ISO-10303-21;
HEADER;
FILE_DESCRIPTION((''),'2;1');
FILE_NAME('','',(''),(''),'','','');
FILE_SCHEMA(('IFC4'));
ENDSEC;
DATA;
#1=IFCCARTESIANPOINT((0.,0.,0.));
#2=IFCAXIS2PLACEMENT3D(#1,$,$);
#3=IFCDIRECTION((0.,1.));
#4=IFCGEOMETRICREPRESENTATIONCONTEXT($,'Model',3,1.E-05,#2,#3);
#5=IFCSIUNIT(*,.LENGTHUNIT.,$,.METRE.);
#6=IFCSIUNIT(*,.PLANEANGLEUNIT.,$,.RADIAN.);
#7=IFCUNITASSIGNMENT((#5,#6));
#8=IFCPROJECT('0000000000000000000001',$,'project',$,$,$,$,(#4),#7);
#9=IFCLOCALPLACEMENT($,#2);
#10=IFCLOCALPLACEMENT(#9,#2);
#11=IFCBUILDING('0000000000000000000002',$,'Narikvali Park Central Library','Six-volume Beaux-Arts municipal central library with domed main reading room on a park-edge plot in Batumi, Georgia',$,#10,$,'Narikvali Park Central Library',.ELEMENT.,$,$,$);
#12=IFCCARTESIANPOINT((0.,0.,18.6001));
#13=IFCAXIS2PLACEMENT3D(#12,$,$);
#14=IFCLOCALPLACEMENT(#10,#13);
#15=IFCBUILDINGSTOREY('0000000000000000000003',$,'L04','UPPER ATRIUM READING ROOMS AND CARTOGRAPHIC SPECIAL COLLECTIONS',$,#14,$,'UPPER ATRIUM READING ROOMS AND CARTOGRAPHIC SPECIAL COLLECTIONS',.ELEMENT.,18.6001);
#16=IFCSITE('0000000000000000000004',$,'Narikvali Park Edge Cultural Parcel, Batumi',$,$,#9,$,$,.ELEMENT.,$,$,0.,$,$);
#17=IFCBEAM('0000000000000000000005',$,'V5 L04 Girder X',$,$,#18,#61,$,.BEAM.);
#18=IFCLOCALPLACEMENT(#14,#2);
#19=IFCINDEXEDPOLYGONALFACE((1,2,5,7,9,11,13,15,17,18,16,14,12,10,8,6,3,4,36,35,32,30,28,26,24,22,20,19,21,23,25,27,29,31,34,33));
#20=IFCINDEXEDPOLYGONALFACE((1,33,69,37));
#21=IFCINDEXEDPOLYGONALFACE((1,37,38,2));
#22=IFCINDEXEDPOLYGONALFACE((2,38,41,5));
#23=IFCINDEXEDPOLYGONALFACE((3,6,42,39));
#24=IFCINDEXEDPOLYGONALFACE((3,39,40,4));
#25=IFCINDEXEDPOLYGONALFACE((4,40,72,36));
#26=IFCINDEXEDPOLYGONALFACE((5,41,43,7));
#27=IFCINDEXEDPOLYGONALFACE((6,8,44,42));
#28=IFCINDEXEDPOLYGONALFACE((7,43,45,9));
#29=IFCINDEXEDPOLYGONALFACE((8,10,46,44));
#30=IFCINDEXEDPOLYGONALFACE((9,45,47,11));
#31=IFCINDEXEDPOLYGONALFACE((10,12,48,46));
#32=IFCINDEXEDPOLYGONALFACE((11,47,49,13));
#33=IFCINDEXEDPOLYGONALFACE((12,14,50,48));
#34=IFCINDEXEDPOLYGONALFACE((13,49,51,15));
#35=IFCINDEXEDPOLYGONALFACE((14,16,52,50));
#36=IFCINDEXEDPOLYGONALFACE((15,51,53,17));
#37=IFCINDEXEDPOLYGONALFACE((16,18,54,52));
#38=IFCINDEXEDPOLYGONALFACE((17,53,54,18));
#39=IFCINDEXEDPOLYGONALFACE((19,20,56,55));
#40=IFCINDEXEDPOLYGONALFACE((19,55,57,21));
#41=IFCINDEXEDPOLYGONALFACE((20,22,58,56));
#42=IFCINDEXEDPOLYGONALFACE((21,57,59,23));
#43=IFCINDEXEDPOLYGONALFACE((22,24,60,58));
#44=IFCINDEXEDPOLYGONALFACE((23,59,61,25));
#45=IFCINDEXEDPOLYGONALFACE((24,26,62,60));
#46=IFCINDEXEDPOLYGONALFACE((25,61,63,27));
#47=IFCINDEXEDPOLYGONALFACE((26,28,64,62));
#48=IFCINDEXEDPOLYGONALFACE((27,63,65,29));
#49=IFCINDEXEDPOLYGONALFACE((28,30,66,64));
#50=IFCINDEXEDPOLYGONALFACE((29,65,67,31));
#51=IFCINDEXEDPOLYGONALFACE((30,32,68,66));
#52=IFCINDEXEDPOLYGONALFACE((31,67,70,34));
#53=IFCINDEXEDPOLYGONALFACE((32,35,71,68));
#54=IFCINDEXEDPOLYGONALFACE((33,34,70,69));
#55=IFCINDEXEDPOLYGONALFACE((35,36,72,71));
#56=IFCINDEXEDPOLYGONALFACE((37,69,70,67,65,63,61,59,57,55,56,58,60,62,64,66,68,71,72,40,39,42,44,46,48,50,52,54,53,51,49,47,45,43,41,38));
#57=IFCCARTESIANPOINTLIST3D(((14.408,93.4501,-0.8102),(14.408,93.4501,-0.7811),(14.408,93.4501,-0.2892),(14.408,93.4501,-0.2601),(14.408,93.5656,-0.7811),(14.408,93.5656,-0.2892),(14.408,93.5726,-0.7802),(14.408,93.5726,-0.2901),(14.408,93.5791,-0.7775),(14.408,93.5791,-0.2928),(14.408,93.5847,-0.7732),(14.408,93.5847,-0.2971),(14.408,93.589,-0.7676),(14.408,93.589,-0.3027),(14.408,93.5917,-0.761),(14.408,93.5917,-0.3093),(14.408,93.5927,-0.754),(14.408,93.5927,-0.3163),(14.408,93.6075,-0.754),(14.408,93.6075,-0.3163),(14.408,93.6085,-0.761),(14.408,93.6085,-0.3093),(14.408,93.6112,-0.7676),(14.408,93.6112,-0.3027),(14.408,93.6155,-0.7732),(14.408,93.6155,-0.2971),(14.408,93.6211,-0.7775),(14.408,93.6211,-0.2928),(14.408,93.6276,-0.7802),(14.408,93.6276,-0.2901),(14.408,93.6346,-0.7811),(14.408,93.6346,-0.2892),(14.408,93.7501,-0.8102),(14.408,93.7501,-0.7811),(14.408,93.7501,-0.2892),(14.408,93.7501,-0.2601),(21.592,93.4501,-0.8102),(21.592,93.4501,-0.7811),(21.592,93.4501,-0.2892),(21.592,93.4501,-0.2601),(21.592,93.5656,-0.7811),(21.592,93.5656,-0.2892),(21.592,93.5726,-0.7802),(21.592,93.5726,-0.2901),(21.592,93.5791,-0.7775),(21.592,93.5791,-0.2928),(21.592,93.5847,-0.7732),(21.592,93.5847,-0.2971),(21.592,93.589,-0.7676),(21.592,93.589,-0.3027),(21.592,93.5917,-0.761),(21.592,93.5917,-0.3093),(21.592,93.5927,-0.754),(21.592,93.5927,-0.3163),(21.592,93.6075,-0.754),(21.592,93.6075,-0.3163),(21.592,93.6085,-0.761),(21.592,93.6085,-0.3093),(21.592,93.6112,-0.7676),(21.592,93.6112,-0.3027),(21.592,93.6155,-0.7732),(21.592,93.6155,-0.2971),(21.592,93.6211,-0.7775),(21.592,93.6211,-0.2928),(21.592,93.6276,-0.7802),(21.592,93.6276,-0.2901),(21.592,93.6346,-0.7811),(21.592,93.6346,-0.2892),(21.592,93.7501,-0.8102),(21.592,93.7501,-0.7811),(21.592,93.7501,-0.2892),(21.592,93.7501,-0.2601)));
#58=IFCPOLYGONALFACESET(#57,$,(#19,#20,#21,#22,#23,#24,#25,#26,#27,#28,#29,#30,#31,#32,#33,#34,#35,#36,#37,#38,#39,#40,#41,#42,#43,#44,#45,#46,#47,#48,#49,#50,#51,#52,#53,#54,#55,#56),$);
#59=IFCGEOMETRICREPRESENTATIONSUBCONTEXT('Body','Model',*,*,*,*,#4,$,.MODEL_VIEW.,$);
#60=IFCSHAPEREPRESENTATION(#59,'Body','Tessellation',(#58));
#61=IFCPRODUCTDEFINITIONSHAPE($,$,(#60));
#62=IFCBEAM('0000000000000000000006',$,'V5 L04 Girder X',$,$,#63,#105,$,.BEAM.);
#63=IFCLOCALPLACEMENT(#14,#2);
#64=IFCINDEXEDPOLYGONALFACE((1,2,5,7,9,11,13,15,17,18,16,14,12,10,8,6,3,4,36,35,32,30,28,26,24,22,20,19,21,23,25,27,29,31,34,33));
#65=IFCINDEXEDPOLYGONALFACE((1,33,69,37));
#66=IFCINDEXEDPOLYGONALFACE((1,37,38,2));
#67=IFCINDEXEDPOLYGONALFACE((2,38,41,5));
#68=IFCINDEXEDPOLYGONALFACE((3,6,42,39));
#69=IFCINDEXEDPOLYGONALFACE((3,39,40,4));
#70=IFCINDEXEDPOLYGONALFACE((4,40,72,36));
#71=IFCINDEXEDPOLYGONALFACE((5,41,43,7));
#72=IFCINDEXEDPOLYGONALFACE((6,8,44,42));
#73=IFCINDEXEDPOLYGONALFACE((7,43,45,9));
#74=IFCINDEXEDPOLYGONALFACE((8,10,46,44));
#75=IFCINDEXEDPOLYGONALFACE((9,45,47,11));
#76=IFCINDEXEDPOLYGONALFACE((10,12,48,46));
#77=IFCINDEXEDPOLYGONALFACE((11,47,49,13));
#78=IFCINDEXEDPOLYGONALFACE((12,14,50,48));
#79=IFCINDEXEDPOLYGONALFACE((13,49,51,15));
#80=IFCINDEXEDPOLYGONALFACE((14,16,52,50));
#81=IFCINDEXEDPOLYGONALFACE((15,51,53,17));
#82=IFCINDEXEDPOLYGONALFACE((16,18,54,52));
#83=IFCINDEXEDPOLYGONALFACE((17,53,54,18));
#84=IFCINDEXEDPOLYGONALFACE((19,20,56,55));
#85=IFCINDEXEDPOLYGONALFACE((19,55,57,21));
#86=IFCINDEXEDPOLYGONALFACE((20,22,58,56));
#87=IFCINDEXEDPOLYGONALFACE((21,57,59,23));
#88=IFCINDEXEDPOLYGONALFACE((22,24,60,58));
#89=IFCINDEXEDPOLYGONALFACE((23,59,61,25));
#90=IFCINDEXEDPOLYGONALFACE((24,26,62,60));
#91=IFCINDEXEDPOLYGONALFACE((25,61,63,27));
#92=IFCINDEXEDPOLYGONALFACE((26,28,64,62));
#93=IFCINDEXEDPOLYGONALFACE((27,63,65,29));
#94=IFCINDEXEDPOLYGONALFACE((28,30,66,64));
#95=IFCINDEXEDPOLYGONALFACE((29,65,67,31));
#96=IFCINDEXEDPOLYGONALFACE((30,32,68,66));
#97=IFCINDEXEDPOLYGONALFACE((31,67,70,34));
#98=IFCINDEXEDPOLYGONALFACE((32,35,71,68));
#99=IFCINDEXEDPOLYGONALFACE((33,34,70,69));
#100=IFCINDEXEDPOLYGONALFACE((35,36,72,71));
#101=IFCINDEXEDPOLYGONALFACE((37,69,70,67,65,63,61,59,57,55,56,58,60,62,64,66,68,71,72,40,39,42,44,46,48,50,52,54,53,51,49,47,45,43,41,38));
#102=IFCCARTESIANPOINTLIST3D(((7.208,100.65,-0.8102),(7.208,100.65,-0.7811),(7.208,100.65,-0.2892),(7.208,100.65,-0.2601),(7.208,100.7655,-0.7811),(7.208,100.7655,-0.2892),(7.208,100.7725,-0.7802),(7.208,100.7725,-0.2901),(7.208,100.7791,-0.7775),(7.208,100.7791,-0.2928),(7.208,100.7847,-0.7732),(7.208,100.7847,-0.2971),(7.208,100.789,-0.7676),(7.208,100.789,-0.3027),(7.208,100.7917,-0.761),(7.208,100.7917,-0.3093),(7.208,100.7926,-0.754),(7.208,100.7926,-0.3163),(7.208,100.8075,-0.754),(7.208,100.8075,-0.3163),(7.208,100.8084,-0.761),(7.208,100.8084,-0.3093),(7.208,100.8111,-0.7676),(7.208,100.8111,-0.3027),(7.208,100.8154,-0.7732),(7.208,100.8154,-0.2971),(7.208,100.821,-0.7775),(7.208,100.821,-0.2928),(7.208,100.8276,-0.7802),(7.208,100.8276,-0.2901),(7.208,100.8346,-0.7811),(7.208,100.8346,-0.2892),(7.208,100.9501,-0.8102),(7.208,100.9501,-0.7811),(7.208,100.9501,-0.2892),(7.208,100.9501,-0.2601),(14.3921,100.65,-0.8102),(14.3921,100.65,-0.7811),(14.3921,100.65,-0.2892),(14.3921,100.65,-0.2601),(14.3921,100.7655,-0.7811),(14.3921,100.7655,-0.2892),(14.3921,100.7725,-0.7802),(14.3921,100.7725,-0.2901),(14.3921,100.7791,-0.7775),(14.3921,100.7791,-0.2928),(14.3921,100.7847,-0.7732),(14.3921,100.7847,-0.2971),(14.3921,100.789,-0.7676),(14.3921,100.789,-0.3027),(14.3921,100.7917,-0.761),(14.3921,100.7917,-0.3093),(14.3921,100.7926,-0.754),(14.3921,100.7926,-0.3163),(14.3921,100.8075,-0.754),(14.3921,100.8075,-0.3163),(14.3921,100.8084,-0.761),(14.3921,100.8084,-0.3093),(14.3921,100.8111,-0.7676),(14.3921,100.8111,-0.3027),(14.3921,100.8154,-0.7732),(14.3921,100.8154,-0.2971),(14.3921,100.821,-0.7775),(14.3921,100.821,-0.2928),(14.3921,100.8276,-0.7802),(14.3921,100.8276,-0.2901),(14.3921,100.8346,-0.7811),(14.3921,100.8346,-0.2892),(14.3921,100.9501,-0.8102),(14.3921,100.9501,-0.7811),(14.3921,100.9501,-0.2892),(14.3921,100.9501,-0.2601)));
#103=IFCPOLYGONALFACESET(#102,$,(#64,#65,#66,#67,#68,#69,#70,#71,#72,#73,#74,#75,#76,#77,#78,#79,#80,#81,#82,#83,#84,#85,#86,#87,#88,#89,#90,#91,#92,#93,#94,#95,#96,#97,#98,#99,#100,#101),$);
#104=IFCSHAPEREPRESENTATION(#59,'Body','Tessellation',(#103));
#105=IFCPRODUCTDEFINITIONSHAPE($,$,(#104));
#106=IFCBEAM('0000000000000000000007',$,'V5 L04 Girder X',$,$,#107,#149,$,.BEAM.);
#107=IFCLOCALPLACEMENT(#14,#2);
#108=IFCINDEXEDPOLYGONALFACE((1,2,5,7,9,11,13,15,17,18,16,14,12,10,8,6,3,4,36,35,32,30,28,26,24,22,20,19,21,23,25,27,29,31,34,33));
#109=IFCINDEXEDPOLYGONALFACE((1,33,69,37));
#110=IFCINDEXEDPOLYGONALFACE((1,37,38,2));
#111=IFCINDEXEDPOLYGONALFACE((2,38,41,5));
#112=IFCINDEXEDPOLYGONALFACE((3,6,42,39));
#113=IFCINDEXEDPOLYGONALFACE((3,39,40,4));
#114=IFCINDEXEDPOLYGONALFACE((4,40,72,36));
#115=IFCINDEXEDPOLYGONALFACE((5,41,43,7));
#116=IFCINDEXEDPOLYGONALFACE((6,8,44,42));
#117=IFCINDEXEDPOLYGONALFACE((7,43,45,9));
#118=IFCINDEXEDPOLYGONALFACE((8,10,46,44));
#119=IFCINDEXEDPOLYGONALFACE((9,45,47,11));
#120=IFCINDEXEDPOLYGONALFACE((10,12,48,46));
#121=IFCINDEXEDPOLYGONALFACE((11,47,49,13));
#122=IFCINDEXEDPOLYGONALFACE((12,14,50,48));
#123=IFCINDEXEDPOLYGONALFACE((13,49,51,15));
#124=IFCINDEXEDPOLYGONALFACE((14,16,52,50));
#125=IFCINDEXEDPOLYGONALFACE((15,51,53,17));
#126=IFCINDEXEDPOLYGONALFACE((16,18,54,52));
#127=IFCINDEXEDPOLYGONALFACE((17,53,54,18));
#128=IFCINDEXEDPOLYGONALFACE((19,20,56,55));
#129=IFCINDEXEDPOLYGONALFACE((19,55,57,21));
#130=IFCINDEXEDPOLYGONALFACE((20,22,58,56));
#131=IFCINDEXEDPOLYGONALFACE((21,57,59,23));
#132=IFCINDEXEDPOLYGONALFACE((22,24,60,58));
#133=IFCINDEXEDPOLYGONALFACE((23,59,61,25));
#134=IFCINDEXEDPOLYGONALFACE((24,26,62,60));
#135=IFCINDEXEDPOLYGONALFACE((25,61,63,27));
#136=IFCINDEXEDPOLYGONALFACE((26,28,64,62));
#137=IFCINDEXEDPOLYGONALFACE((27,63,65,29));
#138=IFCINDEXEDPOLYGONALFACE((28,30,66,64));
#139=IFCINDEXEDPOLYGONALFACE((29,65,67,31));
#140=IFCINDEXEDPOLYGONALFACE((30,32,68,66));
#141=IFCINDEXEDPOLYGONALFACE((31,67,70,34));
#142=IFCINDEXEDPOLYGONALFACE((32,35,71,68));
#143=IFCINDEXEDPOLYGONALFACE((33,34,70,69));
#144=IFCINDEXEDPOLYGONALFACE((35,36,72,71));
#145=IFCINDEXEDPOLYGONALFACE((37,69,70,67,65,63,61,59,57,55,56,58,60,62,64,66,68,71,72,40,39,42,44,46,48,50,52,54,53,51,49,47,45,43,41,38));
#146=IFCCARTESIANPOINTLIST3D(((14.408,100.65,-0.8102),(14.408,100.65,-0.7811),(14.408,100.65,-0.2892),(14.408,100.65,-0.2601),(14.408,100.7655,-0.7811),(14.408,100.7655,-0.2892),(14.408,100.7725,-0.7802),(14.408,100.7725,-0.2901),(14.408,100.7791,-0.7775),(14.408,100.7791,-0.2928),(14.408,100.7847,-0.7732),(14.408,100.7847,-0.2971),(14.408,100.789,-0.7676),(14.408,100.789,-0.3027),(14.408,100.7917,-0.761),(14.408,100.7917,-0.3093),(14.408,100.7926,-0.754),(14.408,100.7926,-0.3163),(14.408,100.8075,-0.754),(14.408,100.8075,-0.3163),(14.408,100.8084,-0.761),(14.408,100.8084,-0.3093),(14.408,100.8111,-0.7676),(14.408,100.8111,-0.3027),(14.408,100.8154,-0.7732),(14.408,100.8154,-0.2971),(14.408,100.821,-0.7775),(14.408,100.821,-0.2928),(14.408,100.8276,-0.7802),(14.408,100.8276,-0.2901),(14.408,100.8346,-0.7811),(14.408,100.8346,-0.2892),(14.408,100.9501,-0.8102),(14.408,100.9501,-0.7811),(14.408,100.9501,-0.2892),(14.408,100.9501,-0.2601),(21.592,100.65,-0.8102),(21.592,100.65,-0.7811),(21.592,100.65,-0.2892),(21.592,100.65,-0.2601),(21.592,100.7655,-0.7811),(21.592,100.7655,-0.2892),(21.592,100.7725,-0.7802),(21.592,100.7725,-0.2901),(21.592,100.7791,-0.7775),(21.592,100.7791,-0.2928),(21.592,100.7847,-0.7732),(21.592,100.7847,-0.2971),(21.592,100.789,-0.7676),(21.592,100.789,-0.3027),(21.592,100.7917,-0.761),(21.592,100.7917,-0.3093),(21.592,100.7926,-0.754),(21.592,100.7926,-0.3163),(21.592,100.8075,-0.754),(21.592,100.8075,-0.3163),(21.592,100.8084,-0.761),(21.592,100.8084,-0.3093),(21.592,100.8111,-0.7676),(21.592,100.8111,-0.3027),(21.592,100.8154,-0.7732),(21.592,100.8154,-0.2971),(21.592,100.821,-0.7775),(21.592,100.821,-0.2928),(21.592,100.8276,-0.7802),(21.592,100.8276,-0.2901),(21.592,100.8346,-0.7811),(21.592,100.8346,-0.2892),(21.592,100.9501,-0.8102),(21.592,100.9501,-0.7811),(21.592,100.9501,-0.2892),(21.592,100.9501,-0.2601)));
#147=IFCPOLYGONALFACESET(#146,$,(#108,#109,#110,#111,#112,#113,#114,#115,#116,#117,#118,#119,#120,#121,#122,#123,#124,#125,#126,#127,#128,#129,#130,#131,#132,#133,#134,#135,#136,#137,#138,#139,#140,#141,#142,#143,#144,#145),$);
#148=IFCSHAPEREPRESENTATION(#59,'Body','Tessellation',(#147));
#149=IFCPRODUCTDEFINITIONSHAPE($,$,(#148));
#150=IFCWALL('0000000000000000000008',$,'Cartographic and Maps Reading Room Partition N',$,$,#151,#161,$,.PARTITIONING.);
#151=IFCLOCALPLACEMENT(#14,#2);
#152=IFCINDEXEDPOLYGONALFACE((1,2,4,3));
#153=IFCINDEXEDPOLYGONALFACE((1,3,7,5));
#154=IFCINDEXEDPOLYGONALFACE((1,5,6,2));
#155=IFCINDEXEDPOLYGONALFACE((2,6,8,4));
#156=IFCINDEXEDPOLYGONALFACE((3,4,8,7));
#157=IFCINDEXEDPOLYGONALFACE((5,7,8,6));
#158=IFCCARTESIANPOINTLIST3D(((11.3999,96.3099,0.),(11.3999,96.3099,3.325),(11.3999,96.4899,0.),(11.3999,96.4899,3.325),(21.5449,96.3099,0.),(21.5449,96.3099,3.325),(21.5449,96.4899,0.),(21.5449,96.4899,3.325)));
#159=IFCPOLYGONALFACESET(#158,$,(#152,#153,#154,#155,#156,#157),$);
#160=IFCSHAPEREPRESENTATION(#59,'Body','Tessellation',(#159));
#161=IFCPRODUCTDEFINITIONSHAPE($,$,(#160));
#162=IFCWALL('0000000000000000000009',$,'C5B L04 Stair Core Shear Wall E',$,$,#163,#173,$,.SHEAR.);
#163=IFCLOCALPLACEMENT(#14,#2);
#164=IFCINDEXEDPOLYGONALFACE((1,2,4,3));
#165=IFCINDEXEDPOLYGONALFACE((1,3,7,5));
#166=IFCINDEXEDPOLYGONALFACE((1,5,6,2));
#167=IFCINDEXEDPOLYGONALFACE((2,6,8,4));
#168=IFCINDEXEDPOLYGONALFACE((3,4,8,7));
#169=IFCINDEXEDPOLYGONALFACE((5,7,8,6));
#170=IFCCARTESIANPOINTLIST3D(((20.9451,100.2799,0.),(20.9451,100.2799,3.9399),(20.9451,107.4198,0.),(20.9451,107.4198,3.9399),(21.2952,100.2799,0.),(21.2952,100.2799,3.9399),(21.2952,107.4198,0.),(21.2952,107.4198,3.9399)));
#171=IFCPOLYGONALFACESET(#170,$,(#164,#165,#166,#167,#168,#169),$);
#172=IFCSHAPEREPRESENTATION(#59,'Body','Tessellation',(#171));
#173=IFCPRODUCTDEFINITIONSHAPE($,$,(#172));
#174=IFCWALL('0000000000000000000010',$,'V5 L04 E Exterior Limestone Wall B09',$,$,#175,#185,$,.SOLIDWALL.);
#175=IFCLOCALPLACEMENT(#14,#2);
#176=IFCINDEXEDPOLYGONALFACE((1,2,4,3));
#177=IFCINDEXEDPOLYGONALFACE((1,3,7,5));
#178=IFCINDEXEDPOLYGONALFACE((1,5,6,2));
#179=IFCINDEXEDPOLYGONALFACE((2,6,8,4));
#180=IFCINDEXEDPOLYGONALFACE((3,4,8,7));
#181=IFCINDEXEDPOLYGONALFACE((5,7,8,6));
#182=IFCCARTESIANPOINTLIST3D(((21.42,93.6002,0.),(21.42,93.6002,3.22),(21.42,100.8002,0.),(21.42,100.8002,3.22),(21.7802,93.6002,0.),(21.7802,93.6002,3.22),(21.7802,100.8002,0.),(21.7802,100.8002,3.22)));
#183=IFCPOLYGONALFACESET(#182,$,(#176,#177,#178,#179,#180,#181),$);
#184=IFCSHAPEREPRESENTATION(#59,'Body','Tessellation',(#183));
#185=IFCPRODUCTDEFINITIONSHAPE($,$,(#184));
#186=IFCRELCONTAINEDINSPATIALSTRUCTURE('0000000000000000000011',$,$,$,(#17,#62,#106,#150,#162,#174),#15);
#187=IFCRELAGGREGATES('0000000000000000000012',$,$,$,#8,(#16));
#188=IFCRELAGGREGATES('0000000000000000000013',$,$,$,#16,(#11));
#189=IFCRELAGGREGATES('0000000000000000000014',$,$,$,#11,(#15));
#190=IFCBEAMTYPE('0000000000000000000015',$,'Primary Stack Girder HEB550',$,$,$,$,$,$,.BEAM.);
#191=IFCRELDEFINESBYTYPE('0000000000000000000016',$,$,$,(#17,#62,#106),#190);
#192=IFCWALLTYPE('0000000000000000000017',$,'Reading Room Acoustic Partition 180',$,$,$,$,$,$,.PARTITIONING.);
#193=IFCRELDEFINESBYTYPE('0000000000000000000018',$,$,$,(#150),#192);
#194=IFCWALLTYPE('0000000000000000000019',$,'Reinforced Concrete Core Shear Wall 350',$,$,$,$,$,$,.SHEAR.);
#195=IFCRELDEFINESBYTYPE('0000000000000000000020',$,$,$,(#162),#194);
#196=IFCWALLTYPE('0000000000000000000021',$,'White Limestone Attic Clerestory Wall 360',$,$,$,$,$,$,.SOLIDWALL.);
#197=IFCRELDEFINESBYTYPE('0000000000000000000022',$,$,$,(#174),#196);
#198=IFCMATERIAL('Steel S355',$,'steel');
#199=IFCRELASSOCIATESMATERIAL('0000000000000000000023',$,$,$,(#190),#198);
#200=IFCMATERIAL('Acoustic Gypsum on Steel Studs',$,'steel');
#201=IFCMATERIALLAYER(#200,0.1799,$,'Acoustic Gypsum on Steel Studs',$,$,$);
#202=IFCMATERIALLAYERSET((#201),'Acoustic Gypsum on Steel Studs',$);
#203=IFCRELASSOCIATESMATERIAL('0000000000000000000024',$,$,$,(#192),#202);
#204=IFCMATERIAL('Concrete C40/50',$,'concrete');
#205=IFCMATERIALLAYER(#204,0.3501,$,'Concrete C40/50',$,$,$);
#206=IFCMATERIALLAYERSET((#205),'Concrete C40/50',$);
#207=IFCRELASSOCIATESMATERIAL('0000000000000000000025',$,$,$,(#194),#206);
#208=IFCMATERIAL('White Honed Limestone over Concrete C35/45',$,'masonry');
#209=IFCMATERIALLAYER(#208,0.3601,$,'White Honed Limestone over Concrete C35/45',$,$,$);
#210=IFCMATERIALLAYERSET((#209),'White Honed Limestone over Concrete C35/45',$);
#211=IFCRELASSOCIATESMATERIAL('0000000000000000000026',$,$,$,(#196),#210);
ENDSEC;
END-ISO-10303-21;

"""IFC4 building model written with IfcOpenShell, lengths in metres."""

from ifc_helpers import new_model, si_unit, direction, frame, frame_2d, origin, origin_2d, place, context, subcontext, project, spatial, rectangle, i_section, extrude, material, layer, layer_set, material_profile, profile_set, type_object, element, save


model = new_model("IFC4")

# Units and contexts
model_context = context("Model", 3, precision=1e-05, world=origin(), true_north=direction((0.0, 1.0)))
body_context = subcontext(model_context, "Body", "Model", "MODEL_VIEW")
ifc_project = project(units=[si_unit("LENGTHUNIT", "METRE"), si_unit("PLANEANGLEUNIT", "RADIAN")], contexts=[model_context])

# Site, building, storey
site_placement = place(None, origin())
site = spatial("IfcSite", under=ifc_project, at=site_placement, Name="Narikvali Park Edge Cultural Parcel, Batumi", CompositionType="ELEMENT", RefElevation=0.0)
building_placement = place(site_placement, origin())
building = spatial("IfcBuilding", under=site, at=building_placement, Name="Narikvali Park Central Library", Description="Six-volume Beaux-Arts municipal central library with domed main reading room on a park-edge plot in Batumi, Georgia", LongName="Narikvali Park Central Library", CompositionType="ELEMENT")
storey_placement = place(building_placement, frame((0.0, 0.0, 18.6001)))
storey = spatial("IfcBuildingStorey", under=building, at=storey_placement, Name="L04", Description="UPPER ATRIUM READING ROOMS AND CARTOGRAPHIC SPECIAL COLLECTIONS", LongName="UPPER ATRIUM READING ROOMS AND CARTOGRAPHIC SPECIAL COLLECTIONS", CompositionType="ELEMENT", Elevation=18.6001)

# Shared definitions
ifc_material_1 = material(Name="Steel S355", Category="steel")

# Beams
ifc_material_profile_1 = material_profile(ifc_material_1, i_section(OverallWidth=0.3, OverallDepth=0.55, WebThickness=0.0149, FlangeThickness=0.0291, FilletRadius=0.0271, at=origin_2d()), Name="HEB 550")
ifc_profile_set_1 = profile_set([ifc_material_profile_1], Name="Steel S355")
beam_type_1 = type_object("IfcBeamType", Name="Primary Stack Girder HEB550", PredefinedType="BEAM", material=ifc_profile_set_1)
for number, where, z_axis, x_axis, name in (
    (1, (14.408, 93.6001, -0.5352), (1.0, 0.0, 0.0), (0.0, 1.0, 0.0), "V5 L04 Girder X"),
    (2, (7.208, 100.8, -0.5352), (1.0, 0.0, 0.0), (0.0, 1.0, 0.0), "V5 L04 Girder X"),
    (3, (14.408, 100.8, -0.5352), (1.0, 0.0, 0.0), (0.0, 1.0, 0.0), "V5 L04 Girder X"),
):
    element("IfcBeam", number, at=place(storey_placement, frame(where, z_axis=z_axis, x_axis=x_axis)), inside=storey, type_object=beam_type_1, Name=name, PredefinedType="BEAM", context=body_context, shape_type="SweptSolid", body=[
        extrude(i_section(OverallWidth=0.3, OverallDepth=0.55, WebThickness=0.0149, FlangeThickness=0.0291, FilletRadius=0.0271, at=origin_2d()), origin(), (0.0, 0.0, 1.0), 7.1841),
    ])

# Wall
ifc_material_2 = material(Name="Acoustic Gypsum on Steel Studs", Category="steel")
ifc_layer_1 = layer(ifc_material_2, 0.1799, Name="Acoustic Gypsum on Steel Studs")
ifc_layer_set_1 = layer_set([ifc_layer_1], Name="Acoustic Gypsum on Steel Studs")
wall_type_1 = type_object("IfcWallType", Name="Reading Room Acoustic Partition 180", PredefinedType="PARTITIONING", material=ifc_layer_set_1)
wall_1_placement = place(storey_placement, frame((11.3999, 96.3999, 0.0), z_axis=(0.0, 0.0, 1.0), x_axis=(1.0, 0.0, 0.0)))
element("IfcWall", 4, at=wall_1_placement, inside=storey, type_object=wall_type_1, Name="Cartographic and Maps Reading Room Partition N", PredefinedType="PARTITIONING", context=body_context, shape_type="SweptSolid", body=[
    extrude(rectangle(XDim=10.145, YDim=0.1799, at=frame_2d((5.0725, 0.0))), origin(), (0.0, 0.0, 1.0), 3.325),
])

# Shared definitions
ifc_material_3 = material(Name="Concrete C40/50", Category="concrete")
ifc_layer_2 = layer(ifc_material_3, 0.3501, Name="Concrete C40/50")
ifc_layer_set_2 = layer_set([ifc_layer_2], Name="Concrete C40/50")
wall_type_2 = type_object("IfcWallType", Name="Reinforced Concrete Core Shear Wall 350", PredefinedType="SHEAR", material=ifc_layer_set_2)

# Walls
wall_2_placement = place(storey_placement, frame((21.1201, 100.28, 0.0), z_axis=(0.0, 0.0, 1.0), x_axis=(0.0, 1.0, 0.0)))
element("IfcWall", 5, at=wall_2_placement, inside=storey, type_object=wall_type_2, Name="C5B L04 Stair Core Shear Wall E", PredefinedType="SHEAR", context=body_context, shape_type="SweptSolid", body=[
    extrude(rectangle(XDim=7.1399, YDim=0.3501, at=frame_2d((3.5698, 0.0))), origin(), (0.0, 0.0, 1.0), 3.9399),
])
ifc_material_4 = material(Name="White Honed Limestone over Concrete C35/45", Category="masonry")
ifc_layer_3 = layer(ifc_material_4, 0.3601, Name="White Honed Limestone over Concrete C35/45")
ifc_layer_set_3 = layer_set([ifc_layer_3], Name="White Honed Limestone over Concrete C35/45")
wall_type_3 = type_object("IfcWallType", Name="White Limestone Attic Clerestory Wall 360", PredefinedType="SOLIDWALL", material=ifc_layer_set_3)
wall_3_placement = place(storey_placement, frame((21.6001, 93.6001, 0.0), z_axis=(0.0, 0.0, 1.0), x_axis=(0.0, 1.0, 0.0)))
element("IfcWall", 6, at=wall_3_placement, inside=storey, type_object=wall_type_3, Name="V5 L04 E Exterior Limestone Wall B09", PredefinedType="SOLIDWALL", context=body_context, shape_type="SweptSolid", body=[
    extrude(rectangle(XDim=7.2, YDim=0.3601, at=frame_2d((3.6001, 0.0))), origin(), (0.0, 0.0, 1.0), 3.22),
])

save(model, "model.ifc")
